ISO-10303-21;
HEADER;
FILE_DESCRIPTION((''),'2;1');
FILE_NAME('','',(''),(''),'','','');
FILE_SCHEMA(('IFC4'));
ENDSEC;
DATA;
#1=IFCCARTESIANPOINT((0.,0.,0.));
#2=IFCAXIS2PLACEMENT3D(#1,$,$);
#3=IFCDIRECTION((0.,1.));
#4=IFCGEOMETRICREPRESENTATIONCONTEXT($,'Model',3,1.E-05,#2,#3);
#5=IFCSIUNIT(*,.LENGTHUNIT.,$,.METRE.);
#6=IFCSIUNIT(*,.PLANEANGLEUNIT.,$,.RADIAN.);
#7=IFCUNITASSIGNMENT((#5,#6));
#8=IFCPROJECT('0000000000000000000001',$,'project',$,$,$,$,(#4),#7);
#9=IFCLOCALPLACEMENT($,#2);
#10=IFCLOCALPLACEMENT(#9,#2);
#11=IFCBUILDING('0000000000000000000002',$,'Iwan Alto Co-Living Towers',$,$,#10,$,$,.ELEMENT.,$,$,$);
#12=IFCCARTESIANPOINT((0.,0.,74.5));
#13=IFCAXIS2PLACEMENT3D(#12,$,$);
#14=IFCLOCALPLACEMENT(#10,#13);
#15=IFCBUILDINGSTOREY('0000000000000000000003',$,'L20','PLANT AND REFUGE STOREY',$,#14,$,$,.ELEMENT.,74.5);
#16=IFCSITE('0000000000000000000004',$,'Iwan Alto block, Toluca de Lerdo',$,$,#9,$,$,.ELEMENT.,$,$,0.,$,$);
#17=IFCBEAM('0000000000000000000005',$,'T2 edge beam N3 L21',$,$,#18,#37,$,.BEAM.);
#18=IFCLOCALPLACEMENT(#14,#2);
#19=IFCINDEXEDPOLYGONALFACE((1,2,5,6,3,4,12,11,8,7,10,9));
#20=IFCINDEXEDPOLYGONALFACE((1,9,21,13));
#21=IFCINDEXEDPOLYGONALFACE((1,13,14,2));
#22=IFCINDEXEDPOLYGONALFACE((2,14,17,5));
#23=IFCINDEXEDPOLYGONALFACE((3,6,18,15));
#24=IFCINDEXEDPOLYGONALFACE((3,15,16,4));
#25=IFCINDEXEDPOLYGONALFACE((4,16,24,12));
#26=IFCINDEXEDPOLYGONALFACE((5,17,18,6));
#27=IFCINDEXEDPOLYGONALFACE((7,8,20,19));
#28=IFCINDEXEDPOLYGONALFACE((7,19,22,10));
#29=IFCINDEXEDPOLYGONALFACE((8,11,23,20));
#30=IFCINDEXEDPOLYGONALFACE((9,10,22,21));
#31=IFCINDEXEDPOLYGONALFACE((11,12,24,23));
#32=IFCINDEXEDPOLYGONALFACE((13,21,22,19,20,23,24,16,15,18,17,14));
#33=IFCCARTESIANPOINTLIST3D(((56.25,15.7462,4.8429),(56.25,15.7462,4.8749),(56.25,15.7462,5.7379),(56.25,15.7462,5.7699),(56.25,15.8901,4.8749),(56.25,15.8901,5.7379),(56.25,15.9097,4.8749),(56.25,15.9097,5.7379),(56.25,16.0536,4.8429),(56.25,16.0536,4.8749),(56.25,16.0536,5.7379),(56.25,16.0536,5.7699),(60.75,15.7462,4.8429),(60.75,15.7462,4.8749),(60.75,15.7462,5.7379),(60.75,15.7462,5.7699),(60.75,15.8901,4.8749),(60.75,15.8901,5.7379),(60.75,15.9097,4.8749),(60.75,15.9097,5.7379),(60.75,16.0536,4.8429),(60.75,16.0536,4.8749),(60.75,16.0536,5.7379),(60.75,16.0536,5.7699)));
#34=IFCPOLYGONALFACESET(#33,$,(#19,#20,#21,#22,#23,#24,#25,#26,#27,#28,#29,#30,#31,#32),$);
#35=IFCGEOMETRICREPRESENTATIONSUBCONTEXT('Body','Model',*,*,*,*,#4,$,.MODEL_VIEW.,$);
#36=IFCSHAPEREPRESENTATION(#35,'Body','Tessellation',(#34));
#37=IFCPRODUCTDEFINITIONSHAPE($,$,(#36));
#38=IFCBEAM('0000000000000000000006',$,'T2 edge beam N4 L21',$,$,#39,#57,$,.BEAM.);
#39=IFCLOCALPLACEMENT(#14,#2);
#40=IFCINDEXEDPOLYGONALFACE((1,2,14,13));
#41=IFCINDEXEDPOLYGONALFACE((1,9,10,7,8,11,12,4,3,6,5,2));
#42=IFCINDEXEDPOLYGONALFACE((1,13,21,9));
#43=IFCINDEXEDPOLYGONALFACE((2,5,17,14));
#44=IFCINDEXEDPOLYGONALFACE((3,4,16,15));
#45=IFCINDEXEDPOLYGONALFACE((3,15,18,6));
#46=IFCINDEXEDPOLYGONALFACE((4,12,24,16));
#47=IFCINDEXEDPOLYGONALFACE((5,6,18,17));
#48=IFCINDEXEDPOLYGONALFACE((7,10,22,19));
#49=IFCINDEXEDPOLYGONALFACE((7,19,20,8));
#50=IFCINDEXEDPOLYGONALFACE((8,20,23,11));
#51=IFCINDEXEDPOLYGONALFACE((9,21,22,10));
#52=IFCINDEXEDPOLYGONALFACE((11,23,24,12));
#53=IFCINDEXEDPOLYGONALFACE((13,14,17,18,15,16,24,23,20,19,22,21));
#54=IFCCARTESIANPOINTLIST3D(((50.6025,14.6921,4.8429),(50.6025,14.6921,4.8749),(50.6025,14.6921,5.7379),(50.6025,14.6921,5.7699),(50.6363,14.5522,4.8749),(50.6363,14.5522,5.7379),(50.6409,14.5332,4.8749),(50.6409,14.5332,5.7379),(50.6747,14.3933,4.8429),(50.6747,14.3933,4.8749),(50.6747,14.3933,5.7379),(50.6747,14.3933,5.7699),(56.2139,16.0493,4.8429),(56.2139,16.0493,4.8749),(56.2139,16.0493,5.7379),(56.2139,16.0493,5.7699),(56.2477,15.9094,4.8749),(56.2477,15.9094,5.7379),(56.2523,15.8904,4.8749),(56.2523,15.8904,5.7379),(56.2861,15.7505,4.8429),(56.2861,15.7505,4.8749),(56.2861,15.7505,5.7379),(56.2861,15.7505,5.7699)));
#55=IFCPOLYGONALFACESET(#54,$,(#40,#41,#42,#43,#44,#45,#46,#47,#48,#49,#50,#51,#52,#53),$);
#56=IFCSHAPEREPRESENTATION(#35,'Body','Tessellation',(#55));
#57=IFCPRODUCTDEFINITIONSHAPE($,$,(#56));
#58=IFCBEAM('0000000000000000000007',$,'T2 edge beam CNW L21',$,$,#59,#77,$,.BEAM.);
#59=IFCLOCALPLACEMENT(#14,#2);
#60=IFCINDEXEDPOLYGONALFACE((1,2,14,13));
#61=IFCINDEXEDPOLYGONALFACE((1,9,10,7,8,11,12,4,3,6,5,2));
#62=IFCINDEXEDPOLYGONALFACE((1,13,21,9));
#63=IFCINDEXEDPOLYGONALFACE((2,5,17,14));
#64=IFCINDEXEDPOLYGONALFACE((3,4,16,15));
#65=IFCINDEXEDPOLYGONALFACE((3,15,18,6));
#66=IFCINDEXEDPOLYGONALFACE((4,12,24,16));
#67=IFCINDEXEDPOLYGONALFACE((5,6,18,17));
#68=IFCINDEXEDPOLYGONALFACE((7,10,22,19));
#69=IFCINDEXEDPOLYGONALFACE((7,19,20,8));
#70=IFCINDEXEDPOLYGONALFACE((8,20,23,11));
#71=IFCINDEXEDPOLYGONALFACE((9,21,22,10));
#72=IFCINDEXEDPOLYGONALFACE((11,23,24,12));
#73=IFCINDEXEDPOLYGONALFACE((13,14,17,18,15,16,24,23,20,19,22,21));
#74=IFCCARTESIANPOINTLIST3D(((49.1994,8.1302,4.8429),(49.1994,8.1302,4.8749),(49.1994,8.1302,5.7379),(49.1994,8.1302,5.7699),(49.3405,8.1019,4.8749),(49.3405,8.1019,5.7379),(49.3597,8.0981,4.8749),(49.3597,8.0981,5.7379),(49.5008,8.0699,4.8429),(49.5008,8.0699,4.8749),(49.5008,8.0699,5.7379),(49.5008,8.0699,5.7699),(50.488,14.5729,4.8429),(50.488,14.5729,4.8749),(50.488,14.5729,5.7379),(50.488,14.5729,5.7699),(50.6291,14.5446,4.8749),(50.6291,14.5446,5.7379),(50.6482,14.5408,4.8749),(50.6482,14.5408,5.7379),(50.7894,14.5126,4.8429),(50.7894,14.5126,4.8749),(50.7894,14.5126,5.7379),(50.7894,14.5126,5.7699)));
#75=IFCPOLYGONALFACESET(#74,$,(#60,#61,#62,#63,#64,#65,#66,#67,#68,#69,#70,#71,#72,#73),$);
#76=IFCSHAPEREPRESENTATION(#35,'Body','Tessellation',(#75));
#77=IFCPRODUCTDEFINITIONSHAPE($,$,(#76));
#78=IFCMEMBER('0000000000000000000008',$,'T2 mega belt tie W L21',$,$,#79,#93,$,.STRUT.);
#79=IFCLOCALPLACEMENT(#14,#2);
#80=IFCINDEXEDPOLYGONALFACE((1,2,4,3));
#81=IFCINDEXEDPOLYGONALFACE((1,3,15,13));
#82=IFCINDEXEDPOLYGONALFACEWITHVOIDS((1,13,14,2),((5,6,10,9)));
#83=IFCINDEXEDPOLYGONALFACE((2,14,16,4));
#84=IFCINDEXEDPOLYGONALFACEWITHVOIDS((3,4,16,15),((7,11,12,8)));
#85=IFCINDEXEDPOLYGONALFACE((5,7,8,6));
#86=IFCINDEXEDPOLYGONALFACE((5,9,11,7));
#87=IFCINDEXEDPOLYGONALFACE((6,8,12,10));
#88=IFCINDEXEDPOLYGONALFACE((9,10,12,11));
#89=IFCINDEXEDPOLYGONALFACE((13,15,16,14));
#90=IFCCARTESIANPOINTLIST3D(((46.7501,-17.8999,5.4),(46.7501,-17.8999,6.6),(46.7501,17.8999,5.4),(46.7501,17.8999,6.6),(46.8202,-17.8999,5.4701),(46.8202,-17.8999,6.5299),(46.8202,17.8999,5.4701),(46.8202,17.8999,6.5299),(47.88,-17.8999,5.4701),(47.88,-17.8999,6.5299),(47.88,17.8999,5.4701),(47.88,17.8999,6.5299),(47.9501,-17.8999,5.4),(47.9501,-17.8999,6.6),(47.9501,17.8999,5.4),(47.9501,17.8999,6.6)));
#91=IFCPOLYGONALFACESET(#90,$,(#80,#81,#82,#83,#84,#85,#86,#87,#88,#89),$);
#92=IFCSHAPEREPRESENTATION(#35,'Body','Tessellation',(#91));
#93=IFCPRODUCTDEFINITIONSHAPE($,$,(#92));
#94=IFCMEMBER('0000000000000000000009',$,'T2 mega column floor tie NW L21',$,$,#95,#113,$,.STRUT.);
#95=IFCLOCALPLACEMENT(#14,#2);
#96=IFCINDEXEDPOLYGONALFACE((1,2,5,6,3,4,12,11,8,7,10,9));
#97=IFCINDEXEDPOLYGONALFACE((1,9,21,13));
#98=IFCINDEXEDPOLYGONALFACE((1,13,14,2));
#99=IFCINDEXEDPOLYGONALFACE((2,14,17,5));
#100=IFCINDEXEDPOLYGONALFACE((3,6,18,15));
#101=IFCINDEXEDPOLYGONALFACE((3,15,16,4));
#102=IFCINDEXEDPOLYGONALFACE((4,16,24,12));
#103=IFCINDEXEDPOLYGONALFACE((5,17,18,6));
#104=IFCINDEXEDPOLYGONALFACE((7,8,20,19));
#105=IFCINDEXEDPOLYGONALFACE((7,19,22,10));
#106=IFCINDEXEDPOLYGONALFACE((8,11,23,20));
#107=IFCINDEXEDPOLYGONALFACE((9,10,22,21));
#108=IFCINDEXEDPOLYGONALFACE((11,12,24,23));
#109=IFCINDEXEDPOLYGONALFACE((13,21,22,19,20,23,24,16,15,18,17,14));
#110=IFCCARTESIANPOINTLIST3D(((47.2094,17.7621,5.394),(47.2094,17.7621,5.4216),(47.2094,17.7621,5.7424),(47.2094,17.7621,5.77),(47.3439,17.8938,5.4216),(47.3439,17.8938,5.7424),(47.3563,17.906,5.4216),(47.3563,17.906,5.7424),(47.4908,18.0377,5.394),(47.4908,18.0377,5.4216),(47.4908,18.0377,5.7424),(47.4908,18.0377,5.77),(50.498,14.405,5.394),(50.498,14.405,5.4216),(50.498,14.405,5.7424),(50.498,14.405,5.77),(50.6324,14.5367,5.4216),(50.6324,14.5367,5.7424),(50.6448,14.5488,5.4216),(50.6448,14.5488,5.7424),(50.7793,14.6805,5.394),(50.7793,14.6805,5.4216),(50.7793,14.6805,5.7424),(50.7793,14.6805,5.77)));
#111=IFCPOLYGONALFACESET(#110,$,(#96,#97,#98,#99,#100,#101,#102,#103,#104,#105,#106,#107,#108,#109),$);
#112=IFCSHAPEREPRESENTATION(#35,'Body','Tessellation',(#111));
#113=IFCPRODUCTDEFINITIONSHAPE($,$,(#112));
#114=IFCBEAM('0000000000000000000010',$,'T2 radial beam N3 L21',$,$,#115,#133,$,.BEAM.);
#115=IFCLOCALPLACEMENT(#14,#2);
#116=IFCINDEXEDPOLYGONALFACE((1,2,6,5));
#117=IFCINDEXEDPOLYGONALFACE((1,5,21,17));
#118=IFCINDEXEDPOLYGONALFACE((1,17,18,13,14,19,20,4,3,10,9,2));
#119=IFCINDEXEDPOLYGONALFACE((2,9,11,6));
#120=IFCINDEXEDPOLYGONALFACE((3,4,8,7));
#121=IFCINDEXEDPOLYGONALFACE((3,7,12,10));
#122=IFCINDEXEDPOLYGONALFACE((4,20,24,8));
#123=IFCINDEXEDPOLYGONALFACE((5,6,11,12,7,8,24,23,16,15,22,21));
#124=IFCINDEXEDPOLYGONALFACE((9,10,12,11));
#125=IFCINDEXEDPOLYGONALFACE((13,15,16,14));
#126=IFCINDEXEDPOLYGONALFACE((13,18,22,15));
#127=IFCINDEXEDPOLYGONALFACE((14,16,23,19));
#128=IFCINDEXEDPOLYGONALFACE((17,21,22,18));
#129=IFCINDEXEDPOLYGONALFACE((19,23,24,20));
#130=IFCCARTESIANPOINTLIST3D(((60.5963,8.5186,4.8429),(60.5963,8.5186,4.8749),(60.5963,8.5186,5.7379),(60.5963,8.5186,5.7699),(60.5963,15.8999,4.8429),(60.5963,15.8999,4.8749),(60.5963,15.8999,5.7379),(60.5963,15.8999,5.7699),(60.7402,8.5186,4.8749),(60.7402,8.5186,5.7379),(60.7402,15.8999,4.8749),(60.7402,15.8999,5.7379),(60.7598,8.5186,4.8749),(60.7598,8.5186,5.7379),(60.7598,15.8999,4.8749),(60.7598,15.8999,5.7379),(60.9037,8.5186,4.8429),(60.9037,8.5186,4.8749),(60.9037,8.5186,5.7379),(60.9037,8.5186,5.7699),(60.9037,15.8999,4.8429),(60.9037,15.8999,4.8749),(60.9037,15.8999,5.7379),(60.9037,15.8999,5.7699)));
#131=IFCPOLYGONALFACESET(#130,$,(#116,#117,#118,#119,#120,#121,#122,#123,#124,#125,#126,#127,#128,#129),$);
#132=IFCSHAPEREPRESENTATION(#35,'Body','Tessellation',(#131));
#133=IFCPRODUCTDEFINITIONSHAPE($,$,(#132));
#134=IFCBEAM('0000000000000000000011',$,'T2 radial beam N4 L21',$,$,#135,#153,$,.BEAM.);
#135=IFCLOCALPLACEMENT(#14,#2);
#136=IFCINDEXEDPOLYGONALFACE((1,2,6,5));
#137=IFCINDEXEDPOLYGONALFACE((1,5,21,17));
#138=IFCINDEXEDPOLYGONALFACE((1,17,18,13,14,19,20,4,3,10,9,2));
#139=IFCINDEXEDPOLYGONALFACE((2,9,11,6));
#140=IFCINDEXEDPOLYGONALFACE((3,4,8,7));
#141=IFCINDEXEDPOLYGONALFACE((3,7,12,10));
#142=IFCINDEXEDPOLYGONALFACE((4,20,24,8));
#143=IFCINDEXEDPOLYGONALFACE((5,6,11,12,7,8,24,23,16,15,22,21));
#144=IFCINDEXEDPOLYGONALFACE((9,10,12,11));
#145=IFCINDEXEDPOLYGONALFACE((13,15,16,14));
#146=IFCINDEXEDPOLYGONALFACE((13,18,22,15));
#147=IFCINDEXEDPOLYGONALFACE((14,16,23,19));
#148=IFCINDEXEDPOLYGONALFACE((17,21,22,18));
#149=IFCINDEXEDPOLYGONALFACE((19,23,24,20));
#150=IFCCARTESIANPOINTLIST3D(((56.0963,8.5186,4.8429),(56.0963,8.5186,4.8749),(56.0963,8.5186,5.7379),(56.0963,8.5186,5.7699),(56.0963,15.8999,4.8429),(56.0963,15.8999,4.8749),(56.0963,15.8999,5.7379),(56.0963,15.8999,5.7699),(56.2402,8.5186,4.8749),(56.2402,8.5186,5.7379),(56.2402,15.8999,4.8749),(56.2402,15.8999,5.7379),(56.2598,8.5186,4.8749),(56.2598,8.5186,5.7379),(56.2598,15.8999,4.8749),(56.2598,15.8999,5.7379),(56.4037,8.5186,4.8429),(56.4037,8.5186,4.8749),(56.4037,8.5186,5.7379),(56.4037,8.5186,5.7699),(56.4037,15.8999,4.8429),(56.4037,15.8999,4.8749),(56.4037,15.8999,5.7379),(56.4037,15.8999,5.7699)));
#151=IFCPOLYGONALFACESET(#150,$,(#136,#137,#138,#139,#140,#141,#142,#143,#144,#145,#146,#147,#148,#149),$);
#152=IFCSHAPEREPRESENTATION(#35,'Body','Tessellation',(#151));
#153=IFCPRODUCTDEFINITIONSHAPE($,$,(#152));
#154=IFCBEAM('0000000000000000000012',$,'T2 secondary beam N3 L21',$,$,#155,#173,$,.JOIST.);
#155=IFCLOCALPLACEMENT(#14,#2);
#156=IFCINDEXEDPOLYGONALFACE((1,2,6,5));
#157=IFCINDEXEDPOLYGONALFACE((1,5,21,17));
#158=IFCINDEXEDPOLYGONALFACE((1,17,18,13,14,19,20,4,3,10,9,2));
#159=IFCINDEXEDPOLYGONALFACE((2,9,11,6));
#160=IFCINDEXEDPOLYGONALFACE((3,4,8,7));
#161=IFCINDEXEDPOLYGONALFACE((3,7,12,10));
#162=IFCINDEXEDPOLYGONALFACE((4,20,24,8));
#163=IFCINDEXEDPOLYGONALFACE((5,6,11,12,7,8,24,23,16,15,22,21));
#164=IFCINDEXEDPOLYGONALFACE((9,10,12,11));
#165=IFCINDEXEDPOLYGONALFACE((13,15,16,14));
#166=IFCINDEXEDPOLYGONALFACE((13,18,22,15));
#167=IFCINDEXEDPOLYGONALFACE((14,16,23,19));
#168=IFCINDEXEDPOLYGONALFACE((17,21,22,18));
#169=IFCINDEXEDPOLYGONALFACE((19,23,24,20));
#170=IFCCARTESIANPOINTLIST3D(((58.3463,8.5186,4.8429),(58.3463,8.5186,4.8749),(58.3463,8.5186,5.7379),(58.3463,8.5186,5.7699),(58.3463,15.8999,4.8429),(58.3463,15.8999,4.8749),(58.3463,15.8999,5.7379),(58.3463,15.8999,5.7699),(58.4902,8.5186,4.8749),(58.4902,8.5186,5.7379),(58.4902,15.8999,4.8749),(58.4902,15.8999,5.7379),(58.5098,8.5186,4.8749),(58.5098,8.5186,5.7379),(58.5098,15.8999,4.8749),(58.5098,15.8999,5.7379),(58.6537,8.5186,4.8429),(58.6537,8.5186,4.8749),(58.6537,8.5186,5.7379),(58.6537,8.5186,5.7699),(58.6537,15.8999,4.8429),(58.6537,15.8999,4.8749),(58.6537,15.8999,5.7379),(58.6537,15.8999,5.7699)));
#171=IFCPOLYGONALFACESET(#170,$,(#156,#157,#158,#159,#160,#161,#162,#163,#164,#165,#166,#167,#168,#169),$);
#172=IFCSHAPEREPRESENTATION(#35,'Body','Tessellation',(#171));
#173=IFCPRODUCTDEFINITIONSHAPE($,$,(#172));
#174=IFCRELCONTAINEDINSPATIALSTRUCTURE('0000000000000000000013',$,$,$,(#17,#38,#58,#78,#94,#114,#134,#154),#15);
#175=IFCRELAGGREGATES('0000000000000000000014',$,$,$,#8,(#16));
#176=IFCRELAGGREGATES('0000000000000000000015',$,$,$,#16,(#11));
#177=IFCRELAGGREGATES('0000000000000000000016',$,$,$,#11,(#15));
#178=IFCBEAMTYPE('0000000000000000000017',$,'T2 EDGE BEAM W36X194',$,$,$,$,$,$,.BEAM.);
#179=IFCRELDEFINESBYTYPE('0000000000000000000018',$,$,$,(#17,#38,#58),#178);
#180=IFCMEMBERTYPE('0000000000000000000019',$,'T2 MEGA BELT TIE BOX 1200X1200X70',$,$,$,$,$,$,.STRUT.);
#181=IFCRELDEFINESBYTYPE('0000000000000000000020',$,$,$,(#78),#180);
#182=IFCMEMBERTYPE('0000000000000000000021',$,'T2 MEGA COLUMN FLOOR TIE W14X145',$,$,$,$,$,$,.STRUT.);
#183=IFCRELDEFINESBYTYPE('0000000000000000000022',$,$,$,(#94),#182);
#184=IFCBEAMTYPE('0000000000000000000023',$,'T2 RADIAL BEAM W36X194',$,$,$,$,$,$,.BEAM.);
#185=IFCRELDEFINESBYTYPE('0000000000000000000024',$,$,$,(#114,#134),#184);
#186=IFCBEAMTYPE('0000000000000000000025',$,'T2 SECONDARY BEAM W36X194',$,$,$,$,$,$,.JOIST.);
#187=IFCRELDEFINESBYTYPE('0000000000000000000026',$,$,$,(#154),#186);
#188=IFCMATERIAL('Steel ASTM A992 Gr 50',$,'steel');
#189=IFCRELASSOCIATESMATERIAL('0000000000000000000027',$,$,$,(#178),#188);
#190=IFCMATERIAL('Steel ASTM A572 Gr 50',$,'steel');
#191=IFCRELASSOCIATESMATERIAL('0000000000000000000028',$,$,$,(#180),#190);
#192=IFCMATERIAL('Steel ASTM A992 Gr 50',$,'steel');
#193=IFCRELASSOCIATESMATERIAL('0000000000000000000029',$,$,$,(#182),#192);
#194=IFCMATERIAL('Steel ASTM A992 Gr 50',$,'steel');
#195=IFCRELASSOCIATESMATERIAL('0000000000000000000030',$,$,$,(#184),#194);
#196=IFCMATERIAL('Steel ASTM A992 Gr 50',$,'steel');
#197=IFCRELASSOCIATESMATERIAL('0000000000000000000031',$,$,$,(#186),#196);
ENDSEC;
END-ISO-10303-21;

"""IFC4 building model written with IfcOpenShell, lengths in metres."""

from ifc_helpers import new_model, si_unit, direction, frame, origin, origin_2d, place, context, subcontext, project, spatial, hollow_rectangle, i_section, extrude, material, material_profile, profile_set, type_object, element, save


model = new_model("IFC4")

# Units and contexts
model_context = context("Model", 3, precision=1e-05, world=origin(), true_north=direction((0.0, 1.0)))
body_context = subcontext(model_context, "Body", "Model", "MODEL_VIEW")
ifc_project = project(units=[si_unit("LENGTHUNIT", "METRE"), si_unit("PLANEANGLEUNIT", "RADIAN")], contexts=[model_context])

# Site, building, storey
site_placement = place(None, origin())
site = spatial("IfcSite", under=ifc_project, at=site_placement, Name="Iwan Alto block, Toluca de Lerdo", CompositionType="ELEMENT", RefElevation=0.0)
building_placement = place(site_placement, origin())
building = spatial("IfcBuilding", under=site, at=building_placement, Name="Iwan Alto Co-Living Towers", CompositionType="ELEMENT")
storey_placement = place(building_placement, frame((0.0, 0.0, 74.5)))
storey = spatial("IfcBuildingStorey", under=building, at=storey_placement, Name="L20", Description="PLANT AND REFUGE STOREY", CompositionType="ELEMENT", Elevation=74.5)

# Beams
ifc_material_1 = material(Name="Steel ASTM A992 Gr 50", Category="steel")
ifc_material_profile_1 = material_profile(ifc_material_1, i_section(OverallWidth=0.3074, OverallDepth=0.927, WebThickness=0.0195, FlangeThickness=0.032, at=origin_2d()), Name="W36X194")
ifc_profile_set_1 = profile_set([ifc_material_profile_1], Name="Steel ASTM A992 Gr 50")
beam_type_1 = type_object("IfcBeamType", Name="T2 EDGE BEAM W36X194", PredefinedType="BEAM", material=ifc_profile_set_1)
beam_1_placement = place(storey_placement, frame((60.75, 15.8999, 5.3064), z_axis=(-1.0, 0.0, 0.0), x_axis=(0.0, -1.0, 0.0)))
element("IfcBeam", 1, at=beam_1_placement, inside=storey, type_object=beam_type_1, Name="T2 edge beam N3 L21", PredefinedType="BEAM", context=body_context, shape_type="SweptSolid", body=[
    extrude(i_section(OverallWidth=0.3074, OverallDepth=0.927, WebThickness=0.0195, FlangeThickness=0.032, at=origin_2d()), origin(), (0.0, 0.0, 1.0), 4.5),
])
beam_2_placement = place(storey_placement, frame((56.25, 15.8999, 5.3064), z_axis=(-0.971975, -0.235086, 0.0), x_axis=(0.235086, -0.971975, 0.0)))
element("IfcBeam", 2, at=beam_2_placement, inside=storey, type_object=beam_type_1, Name="T2 edge beam N4 L21", PredefinedType="BEAM", context=body_context, shape_type="SweptSolid", body=[
    extrude(i_section(OverallWidth=0.3074, OverallDepth=0.927, WebThickness=0.0195, FlangeThickness=0.032, at=origin_2d()), origin(), (0.0, 0.0, 1.0), 5.7732),
])
beam_3_placement = place(storey_placement, frame((50.6387, 14.5427, 5.3064), z_axis=(-0.196123, -0.980579, 0.0), x_axis=(0.980579, -0.196123, 0.0)))
element("IfcBeam", 3, at=beam_3_placement, inside=storey, type_object=beam_type_1, Name="T2 edge beam CNW L21", PredefinedType="BEAM", context=body_context, shape_type="SweptSolid", body=[
    extrude(i_section(OverallWidth=0.3074, OverallDepth=0.927, WebThickness=0.0195, FlangeThickness=0.032, at=origin_2d()), origin(), (0.0, 0.0, 1.0), 6.5703),
])

# Members
ifc_material_2 = material(Name="Steel ASTM A572 Gr 50", Category="steel")
ifc_material_profile_2 = material_profile(ifc_material_2, hollow_rectangle(XDim=1.2, YDim=1.2, WallThickness=0.0701, at=origin_2d()), Name="BOX 1200X1200X70")
ifc_profile_set_2 = profile_set([ifc_material_profile_2], Name="Steel ASTM A572 Gr 50")
member_type_1 = type_object("IfcMemberType", Name="T2 MEGA BELT TIE BOX 1200X1200X70", PredefinedType="STRUT", material=ifc_profile_set_2)
member_1_placement = place(storey_placement, frame((47.3501, 17.8999, 6.0), z_axis=(0.0, -1.0, 0.0), x_axis=(1.0, 0.0, 0.0)))
element("IfcMember", 4, at=member_1_placement, inside=storey, type_object=member_type_1, Name="T2 mega belt tie W L21", PredefinedType="STRUT", context=body_context, shape_type="SweptSolid", body=[
    extrude(hollow_rectangle(XDim=1.2, YDim=1.2, WallThickness=0.0701, at=origin_2d()), origin(), (0.0, 0.0, 1.0), 35.7998),
])
ifc_material_3 = material(Name="Steel ASTM A992 Gr 50", Category="steel")
ifc_material_profile_3 = material_profile(ifc_material_3, i_section(OverallWidth=0.3938, OverallDepth=0.376, WebThickness=0.0173, FlangeThickness=0.0276, at=origin_2d()), Name="W14X145")
ifc_profile_set_3 = profile_set([ifc_material_profile_3], Name="Steel ASTM A992 Gr 50")
member_type_2 = type_object("IfcMemberType", Name="T2 MEGA COLUMN FLOOR TIE W14X145", PredefinedType="STRUT", material=ifc_profile_set_3)
member_2_placement = place(storey_placement, frame((47.3501, 17.8999, 5.582), z_axis=(0.69977, -0.714368, 0.0), x_axis=(0.714368, 0.69977, 0.0)))
element("IfcMember", 5, at=member_2_placement, inside=storey, type_object=member_type_2, Name="T2 mega column floor tie NW L21", PredefinedType="STRUT", context=body_context, shape_type="SweptSolid", body=[
    extrude(i_section(OverallWidth=0.3938, OverallDepth=0.376, WebThickness=0.0173, FlangeThickness=0.0276, at=origin_2d()), origin(), (0.0, 0.0, 1.0), 4.6995),
])

# Beams
ifc_material_4 = material(Name="Steel ASTM A992 Gr 50", Category="steel")
ifc_material_profile_4 = material_profile(ifc_material_4, i_section(OverallWidth=0.3074, OverallDepth=0.927, WebThickness=0.0195, FlangeThickness=0.032, at=origin_2d()), Name="W36X194")
ifc_profile_set_4 = profile_set([ifc_material_profile_4], Name="Steel ASTM A992 Gr 50")
beam_type_2 = type_object("IfcBeamType", Name="T2 RADIAL BEAM W36X194", PredefinedType="BEAM", material=ifc_profile_set_4)
for number, where, z_axis, x_axis, name in (
    (6, (60.75, 15.8999, 5.3064), (0.0, -1.0, 0.0), (1.0, 0.0, 0.0), "T2 radial beam N3 L21"),
    (7, (56.25, 15.8999, 5.3064), (0.0, -1.0, 0.0), (1.0, 0.0, 0.0), "T2 radial beam N4 L21"),
):
    element("IfcBeam", number, at=place(storey_placement, frame(where, z_axis=z_axis, x_axis=x_axis)), inside=storey, type_object=beam_type_2, Name=name, PredefinedType="BEAM", context=body_context, shape_type="SweptSolid", body=[
        extrude(i_section(OverallWidth=0.3074, OverallDepth=0.927, WebThickness=0.0195, FlangeThickness=0.032, at=origin_2d()), origin(), (0.0, 0.0, 1.0), 7.3813),
    ])
ifc_material_5 = material(Name="Steel ASTM A992 Gr 50", Category="steel")
ifc_material_profile_5 = material_profile(ifc_material_5, i_section(OverallWidth=0.3074, OverallDepth=0.927, WebThickness=0.0195, FlangeThickness=0.032, at=origin_2d()), Name="W36X194")
ifc_profile_set_5 = profile_set([ifc_material_profile_5], Name="Steel ASTM A992 Gr 50")
beam_type_3 = type_object("IfcBeamType", Name="T2 SECONDARY BEAM W36X194", PredefinedType="JOIST", material=ifc_profile_set_5)
beam_4_placement = place(storey_placement, frame((58.5, 15.8999, 5.3064), z_axis=(0.0, -1.0, 0.0), x_axis=(1.0, 0.0, 0.0)))
element("IfcBeam", 8, at=beam_4_placement, inside=storey, type_object=beam_type_3, Name="T2 secondary beam N3 L21", PredefinedType="JOIST", context=body_context, shape_type="SweptSolid", body=[
    extrude(i_section(OverallWidth=0.3074, OverallDepth=0.927, WebThickness=0.0195, FlangeThickness=0.032, at=origin_2d()), origin(), (0.0, 0.0, 1.0), 7.3813),
])

save(model, "model.ifc")
